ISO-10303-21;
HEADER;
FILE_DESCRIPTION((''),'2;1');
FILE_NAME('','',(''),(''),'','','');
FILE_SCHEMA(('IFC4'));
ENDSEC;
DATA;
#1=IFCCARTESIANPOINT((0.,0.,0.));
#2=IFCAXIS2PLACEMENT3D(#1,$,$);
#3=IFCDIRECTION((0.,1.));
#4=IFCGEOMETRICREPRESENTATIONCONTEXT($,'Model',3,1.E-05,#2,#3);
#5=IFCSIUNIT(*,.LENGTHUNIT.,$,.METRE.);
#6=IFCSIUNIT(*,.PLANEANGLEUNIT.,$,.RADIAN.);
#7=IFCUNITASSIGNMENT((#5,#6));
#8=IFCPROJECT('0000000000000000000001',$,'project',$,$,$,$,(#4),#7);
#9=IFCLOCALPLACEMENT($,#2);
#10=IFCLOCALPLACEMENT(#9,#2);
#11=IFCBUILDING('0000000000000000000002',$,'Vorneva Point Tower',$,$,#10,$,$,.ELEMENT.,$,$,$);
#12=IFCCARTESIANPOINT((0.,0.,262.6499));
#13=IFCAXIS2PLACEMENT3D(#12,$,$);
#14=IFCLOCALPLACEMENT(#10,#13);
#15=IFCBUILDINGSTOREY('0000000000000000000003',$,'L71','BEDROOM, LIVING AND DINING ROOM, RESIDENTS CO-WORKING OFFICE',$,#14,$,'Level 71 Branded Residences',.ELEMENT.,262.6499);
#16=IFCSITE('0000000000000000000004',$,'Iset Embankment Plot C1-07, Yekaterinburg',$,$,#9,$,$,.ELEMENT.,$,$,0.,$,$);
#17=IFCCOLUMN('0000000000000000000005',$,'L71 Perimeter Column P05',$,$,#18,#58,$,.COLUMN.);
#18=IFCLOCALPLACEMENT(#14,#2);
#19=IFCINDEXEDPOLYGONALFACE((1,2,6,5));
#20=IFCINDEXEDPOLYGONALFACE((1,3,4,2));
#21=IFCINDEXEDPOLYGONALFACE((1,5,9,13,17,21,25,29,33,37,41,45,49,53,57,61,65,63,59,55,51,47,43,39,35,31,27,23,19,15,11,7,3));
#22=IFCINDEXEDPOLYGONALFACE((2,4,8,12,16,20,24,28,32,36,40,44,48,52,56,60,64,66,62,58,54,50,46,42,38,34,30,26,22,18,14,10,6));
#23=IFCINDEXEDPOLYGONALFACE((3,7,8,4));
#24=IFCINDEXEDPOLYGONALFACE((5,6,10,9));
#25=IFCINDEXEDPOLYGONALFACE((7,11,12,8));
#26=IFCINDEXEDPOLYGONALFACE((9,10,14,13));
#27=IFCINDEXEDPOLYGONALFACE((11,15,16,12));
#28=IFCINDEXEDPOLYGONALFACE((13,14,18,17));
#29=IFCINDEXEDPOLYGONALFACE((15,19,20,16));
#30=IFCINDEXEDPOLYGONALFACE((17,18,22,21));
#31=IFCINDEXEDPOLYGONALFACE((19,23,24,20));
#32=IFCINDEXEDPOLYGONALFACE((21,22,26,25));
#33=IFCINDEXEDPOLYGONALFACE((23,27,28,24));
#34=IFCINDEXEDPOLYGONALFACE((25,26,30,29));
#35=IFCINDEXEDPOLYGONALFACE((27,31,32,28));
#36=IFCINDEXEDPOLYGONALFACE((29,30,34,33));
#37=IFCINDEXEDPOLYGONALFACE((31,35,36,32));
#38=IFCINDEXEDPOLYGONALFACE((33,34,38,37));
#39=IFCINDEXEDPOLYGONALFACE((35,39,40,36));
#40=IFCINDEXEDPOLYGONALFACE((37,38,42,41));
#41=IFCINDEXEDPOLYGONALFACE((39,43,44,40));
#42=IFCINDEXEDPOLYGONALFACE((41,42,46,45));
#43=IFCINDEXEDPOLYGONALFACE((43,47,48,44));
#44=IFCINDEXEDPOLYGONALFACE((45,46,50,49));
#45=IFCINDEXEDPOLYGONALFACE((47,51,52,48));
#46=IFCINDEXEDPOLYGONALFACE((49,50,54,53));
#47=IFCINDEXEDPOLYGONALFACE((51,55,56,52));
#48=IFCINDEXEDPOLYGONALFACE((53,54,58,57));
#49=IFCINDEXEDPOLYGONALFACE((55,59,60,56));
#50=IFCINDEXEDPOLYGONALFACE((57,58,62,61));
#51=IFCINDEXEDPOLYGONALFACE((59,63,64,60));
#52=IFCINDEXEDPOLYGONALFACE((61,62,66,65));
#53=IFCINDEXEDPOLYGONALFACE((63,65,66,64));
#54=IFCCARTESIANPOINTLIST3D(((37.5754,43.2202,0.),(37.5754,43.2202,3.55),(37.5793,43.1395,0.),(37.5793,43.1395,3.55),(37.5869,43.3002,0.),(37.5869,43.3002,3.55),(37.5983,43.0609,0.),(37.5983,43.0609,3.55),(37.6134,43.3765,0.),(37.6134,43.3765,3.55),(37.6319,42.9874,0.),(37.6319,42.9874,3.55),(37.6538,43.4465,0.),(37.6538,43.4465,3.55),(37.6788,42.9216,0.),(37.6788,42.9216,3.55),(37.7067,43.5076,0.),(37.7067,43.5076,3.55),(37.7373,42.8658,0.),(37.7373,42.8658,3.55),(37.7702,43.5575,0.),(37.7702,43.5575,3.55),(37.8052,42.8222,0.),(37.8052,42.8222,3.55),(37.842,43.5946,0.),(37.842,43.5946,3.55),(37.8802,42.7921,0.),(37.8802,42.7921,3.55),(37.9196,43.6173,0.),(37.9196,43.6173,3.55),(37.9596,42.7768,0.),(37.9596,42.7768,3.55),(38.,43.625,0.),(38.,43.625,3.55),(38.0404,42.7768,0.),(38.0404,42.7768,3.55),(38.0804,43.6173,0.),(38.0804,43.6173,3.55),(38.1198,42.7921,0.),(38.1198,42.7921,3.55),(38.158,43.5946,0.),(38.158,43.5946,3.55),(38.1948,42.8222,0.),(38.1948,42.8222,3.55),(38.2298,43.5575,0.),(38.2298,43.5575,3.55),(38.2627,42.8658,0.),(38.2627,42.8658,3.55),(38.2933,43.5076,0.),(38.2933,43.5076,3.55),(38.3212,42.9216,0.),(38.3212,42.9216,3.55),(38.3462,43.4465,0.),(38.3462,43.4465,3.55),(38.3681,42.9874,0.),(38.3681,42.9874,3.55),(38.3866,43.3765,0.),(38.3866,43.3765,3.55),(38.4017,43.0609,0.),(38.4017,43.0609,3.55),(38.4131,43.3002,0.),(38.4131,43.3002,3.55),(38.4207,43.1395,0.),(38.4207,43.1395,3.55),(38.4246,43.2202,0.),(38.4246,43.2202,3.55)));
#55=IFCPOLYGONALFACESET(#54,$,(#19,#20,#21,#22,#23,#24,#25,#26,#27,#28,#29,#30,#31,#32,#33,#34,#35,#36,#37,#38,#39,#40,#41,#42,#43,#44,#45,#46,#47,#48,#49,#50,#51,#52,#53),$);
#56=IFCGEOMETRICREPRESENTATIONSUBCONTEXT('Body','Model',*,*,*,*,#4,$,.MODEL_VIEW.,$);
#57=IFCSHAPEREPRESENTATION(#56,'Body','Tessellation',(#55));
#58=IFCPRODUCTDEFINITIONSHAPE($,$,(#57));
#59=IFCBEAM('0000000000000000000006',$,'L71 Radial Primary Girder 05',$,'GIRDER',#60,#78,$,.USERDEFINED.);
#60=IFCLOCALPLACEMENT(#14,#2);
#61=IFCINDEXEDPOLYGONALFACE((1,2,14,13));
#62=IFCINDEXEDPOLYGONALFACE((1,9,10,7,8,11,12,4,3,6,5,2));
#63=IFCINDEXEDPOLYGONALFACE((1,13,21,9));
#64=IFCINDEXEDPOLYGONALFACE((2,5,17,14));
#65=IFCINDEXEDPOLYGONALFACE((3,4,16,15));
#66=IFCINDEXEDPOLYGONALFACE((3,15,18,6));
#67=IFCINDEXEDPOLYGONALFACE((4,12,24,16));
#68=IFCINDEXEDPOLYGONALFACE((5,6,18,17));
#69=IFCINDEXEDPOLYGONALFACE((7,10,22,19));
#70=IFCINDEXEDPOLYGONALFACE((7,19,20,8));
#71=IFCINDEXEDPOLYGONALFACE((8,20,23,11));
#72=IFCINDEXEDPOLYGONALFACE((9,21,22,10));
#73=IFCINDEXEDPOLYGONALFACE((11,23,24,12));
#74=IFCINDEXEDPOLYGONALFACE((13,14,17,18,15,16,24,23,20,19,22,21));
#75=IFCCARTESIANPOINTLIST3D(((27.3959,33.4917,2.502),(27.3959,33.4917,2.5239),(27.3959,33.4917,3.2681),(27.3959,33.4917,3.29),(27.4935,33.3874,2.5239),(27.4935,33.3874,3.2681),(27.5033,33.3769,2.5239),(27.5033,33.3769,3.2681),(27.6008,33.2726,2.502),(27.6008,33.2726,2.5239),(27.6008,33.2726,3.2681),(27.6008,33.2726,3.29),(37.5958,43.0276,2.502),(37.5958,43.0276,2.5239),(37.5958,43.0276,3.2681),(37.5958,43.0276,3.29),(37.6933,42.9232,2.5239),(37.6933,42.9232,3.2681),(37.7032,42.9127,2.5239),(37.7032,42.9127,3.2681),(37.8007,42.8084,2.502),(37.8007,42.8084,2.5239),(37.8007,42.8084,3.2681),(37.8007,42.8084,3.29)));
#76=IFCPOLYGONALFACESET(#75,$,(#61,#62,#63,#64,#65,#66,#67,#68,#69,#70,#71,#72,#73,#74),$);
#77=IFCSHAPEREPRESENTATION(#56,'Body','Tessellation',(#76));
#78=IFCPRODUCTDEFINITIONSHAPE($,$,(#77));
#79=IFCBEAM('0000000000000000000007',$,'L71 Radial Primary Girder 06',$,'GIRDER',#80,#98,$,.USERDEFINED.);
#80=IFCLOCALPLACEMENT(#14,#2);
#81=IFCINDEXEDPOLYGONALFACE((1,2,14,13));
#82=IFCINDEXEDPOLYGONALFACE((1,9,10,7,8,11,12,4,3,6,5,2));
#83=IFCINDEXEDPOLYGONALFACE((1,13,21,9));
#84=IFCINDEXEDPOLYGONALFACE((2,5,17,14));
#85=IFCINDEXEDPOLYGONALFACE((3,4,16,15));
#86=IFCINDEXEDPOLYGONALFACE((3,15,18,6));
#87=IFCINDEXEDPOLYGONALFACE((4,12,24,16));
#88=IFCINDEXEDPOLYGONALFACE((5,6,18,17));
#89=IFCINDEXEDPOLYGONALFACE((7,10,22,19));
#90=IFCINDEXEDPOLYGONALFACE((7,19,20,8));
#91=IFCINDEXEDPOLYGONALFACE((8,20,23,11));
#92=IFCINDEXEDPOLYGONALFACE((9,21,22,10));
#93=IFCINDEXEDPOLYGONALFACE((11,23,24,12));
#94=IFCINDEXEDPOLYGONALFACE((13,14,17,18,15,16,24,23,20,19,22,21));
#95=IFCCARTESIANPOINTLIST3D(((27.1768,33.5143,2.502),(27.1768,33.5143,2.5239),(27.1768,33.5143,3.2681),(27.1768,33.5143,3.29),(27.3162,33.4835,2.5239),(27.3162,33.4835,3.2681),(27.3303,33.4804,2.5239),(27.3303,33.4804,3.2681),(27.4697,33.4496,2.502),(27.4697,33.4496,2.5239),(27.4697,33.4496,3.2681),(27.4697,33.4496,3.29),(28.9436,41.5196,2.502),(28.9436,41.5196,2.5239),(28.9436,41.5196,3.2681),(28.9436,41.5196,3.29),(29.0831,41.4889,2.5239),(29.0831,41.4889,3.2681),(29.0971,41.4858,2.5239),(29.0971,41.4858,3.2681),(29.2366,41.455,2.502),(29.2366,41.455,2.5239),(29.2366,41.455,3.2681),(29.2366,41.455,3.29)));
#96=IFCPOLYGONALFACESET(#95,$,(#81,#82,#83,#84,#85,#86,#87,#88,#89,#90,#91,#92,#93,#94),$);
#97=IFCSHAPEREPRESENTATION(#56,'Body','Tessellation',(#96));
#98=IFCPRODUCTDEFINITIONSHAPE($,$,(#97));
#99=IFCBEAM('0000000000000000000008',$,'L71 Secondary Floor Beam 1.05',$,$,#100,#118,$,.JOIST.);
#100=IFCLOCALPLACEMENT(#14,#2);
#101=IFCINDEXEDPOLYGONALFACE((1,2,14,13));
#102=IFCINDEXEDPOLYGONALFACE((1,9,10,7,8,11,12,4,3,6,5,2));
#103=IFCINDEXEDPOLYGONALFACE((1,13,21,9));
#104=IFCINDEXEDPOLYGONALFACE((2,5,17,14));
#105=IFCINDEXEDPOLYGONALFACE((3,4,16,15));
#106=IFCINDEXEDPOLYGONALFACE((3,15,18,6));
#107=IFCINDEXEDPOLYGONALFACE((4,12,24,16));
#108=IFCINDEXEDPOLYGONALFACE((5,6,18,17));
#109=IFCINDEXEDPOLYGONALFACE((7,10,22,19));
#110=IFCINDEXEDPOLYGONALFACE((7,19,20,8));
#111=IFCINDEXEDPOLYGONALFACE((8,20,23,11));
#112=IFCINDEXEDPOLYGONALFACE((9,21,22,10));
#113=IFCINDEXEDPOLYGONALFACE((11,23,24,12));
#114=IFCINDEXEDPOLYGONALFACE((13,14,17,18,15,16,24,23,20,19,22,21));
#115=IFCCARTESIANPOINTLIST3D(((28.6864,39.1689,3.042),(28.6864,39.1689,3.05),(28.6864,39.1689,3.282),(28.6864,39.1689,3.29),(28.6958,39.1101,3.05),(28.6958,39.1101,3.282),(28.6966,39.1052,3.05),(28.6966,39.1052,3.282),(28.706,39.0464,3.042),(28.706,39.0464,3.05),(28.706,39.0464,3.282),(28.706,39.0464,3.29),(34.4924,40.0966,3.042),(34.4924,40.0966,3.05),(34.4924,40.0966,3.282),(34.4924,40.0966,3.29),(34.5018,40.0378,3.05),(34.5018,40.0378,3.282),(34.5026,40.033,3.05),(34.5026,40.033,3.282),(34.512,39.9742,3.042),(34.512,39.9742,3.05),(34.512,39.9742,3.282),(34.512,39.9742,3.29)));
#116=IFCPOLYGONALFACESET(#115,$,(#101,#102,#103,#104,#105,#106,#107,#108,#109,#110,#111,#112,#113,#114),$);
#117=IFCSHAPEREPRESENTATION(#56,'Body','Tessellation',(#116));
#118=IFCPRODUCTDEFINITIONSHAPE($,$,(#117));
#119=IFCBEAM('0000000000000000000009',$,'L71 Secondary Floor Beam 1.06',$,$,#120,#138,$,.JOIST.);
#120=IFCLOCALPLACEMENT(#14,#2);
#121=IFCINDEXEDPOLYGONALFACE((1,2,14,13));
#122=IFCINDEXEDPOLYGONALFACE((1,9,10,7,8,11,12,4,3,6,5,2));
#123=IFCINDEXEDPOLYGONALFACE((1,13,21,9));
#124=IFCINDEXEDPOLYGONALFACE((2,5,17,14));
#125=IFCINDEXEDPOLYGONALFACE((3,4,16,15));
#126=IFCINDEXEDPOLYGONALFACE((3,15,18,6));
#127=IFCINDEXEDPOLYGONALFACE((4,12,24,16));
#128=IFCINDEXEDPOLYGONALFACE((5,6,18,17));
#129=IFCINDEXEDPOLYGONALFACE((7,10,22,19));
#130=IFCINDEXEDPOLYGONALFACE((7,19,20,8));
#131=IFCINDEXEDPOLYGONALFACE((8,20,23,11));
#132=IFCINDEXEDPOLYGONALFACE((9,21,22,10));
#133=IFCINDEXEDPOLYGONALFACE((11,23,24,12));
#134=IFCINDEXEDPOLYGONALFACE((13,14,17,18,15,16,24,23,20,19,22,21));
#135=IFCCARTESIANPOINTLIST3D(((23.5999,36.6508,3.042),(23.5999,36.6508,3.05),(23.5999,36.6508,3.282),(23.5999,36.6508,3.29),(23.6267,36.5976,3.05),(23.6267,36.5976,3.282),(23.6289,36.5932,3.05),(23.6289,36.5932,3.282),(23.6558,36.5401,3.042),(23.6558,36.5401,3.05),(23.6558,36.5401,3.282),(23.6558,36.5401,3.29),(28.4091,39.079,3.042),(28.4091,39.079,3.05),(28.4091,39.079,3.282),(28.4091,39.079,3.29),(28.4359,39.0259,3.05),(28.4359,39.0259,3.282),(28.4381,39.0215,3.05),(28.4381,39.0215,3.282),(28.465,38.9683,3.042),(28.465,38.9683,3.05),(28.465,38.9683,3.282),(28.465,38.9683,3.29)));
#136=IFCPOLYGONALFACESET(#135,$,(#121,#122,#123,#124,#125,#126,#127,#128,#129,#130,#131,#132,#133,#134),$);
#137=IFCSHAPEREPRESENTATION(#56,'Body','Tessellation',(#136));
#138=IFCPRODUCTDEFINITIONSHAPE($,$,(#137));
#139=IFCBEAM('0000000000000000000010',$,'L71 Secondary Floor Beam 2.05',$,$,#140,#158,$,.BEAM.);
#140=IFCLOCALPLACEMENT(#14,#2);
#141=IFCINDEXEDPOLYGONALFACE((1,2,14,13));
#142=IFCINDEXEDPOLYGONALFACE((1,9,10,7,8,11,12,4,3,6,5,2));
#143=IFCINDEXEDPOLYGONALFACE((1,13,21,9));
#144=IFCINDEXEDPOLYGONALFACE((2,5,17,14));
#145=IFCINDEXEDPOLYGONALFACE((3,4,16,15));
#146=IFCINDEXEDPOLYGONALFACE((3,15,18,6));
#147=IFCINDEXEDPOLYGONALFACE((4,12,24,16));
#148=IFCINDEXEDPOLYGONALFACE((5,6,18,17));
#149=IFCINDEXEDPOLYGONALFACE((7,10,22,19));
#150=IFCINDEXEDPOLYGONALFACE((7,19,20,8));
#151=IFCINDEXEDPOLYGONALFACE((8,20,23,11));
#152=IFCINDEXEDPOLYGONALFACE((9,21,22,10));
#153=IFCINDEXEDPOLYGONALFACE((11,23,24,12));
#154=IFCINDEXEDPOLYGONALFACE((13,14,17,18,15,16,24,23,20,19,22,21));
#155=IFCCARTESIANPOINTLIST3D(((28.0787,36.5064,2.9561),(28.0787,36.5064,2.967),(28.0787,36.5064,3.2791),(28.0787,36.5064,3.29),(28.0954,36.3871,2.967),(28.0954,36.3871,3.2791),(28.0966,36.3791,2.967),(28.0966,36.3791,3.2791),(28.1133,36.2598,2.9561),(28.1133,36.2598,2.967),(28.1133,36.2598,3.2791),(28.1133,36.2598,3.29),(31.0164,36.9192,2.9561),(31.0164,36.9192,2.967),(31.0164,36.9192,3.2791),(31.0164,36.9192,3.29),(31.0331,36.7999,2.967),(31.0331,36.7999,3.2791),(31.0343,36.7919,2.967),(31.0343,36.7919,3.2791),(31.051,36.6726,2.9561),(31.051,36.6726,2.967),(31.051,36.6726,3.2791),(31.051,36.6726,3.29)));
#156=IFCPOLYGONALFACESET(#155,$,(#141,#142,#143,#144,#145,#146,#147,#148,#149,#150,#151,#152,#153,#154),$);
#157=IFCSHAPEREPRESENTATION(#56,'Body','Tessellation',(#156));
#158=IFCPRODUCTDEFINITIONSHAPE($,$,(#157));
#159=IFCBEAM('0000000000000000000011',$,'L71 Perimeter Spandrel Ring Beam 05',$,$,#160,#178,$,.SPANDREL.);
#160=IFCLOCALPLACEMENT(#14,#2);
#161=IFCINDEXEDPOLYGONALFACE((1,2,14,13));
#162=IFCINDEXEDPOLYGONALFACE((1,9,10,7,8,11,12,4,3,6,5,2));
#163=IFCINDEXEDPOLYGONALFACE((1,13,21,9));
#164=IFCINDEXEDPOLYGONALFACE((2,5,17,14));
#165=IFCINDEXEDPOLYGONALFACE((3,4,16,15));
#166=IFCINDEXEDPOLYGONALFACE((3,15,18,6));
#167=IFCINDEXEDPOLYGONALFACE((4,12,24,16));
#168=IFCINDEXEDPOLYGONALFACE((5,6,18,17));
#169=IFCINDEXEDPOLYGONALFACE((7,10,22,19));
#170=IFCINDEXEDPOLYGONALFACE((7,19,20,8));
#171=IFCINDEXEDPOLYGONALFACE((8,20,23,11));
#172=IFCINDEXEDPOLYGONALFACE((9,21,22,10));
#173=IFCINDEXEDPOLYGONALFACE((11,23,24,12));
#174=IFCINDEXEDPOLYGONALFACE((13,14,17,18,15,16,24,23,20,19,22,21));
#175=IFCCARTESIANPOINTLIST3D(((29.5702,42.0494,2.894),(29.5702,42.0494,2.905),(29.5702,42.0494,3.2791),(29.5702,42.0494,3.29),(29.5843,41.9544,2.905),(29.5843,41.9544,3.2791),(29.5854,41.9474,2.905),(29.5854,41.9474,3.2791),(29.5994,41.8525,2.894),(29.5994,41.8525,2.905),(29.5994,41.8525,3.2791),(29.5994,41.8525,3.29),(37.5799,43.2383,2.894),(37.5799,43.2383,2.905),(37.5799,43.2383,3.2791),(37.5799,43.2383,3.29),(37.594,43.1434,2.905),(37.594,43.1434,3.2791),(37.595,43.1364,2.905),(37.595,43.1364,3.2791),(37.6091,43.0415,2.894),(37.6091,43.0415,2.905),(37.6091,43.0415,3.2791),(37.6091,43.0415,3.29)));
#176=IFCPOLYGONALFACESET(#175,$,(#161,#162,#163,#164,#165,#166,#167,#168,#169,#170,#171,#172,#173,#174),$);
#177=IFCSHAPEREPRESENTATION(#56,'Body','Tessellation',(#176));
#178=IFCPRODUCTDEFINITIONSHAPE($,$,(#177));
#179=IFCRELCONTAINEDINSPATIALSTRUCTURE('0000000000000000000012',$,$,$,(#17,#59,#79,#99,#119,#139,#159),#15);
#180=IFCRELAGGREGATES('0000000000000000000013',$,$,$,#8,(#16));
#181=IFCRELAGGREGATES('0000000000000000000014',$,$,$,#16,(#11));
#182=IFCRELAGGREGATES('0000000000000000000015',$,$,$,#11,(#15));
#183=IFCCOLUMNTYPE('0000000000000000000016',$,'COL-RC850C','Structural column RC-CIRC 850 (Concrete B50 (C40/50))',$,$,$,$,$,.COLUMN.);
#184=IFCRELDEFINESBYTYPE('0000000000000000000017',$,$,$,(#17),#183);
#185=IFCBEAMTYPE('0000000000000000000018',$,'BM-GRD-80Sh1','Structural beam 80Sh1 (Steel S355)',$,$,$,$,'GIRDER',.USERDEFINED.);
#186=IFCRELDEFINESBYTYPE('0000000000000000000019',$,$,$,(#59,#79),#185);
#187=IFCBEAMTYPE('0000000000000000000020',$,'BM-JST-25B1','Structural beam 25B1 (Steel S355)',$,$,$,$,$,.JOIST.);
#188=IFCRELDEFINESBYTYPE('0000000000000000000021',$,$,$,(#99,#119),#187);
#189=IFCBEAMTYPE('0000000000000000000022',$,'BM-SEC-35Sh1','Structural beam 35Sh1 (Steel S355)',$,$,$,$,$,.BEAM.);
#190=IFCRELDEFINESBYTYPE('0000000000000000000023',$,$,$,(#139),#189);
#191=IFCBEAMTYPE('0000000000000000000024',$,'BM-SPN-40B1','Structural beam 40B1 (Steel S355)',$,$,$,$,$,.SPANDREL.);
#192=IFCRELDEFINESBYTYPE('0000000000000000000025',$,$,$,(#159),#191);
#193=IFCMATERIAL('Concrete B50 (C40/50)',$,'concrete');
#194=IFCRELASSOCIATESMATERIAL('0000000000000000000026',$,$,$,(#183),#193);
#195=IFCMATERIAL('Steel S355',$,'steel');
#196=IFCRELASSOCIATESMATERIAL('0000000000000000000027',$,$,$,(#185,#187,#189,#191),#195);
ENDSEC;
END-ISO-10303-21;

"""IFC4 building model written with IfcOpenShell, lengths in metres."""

from ifc_helpers import new_model, si_unit, direction, frame, origin, origin_2d, place, context, subcontext, project, spatial, circle, i_section, extrude, material, material_profile, profile_set, type_object, element, save


model = new_model("IFC4")

# Units and contexts
model_context = context("Model", 3, precision=1e-05, world=origin(), true_north=direction((0.0, 1.0)))
body_context = subcontext(model_context, "Body", "Model", "MODEL_VIEW")
ifc_project = project(units=[si_unit("LENGTHUNIT", "METRE"), si_unit("PLANEANGLEUNIT", "RADIAN")], contexts=[model_context])

# Site, building, storey
site_placement = place(None, origin())
site = spatial("IfcSite", under=ifc_project, at=site_placement, Name="Iset Embankment Plot C1-07, Yekaterinburg", CompositionType="ELEMENT", RefElevation=0.0)
building_placement = place(site_placement, origin())
building = spatial("IfcBuilding", under=site, at=building_placement, Name="Vorneva Point Tower", CompositionType="ELEMENT")
storey_placement = place(building_placement, frame((0.0, 0.0, 262.6499)))
storey = spatial("IfcBuildingStorey", under=building, at=storey_placement, Name="L71", Description="BEDROOM, LIVING AND DINING ROOM, RESIDENTS CO-WORKING OFFICE", LongName="Level 71 Branded Residences", CompositionType="ELEMENT", Elevation=262.6499)

# Column
ifc_material_1 = material(Name="Concrete B50 (C40/50)", Category="concrete")
ifc_material_profile_1 = material_profile(ifc_material_1, circle(Radius=0.425, at=origin_2d()), Name="RC-CIRC 850")
ifc_profile_set_1 = profile_set([ifc_material_profile_1], Name="Concrete B50 (C40/50)")
column_type = type_object("IfcColumnType", Name="COL-RC850C", Description="Structural column RC-CIRC 850 (Concrete B50 (C40/50))", PredefinedType="COLUMN", material=ifc_profile_set_1)
for number, where, z_axis, x_axis, name in (
    (1, (38.0, 43.2, 0.0), (0.0, 0.0, 1.0), (0.0, 1.0, 0.0), "L71 Perimeter Column P05"),
):
    element("IfcColumn", number, at=place(storey_placement, frame(where, z_axis=z_axis, x_axis=x_axis)), inside=storey, type_object=column_type, Name=name, PredefinedType="COLUMN", context=body_context, shape_type="SweptSolid", body=[
        extrude(circle(Radius=0.425, at=origin_2d()), origin(), (0.0, 0.0, 1.0), 3.55),
    ])

# Beams
ifc_material_2 = material(Name="Steel S355", Category="steel")
ifc_material_profile_2 = material_profile(ifc_material_2, i_section(OverallWidth=0.3, OverallDepth=0.7881, WebThickness=0.0144, FlangeThickness=0.022, at=origin_2d()), Name="80Sh1")
ifc_profile_set_2 = profile_set([ifc_material_profile_2], Name="Steel S355")
beam_type_1 = type_object("IfcBeamType", Name="BM-GRD-80Sh1", Description="Structural beam 80Sh1 (Steel S355)", ElementType="GIRDER", PredefinedType="USERDEFINED", material=ifc_profile_set_2)
beam_1_placement = place(storey_placement, frame((37.6982, 42.918, 2.896), z_axis=(-0.730486, -0.682928, 0.0), x_axis=(0.682928, -0.730486, 0.0)))
element("IfcBeam", 2, at=beam_1_placement, inside=storey, type_object=beam_type_1, Name="L71 Radial Primary Girder 05", ObjectType="GIRDER", PredefinedType="USERDEFINED", context=body_context, shape_type="SweptSolid", body=[
    extrude(i_section(OverallWidth=0.3, OverallDepth=0.7881, WebThickness=0.0144, FlangeThickness=0.022, at=origin_2d()), origin(), (0.0, 0.0, 1.0), 13.9631),
])
beam_2_placement = place(storey_placement, frame((29.0901, 41.4873, 2.896), z_axis=(-0.215521, -0.976499, 0.0), x_axis=(0.976499, -0.215521, 0.0)))
element("IfcBeam", 3, at=beam_2_placement, inside=storey, type_object=beam_type_1, Name="L71 Radial Primary Girder 06", ObjectType="GIRDER", PredefinedType="USERDEFINED", context=body_context, shape_type="SweptSolid", body=[
    extrude(i_section(OverallWidth=0.3, OverallDepth=0.7881, WebThickness=0.0144, FlangeThickness=0.022, at=origin_2d()), origin(), (0.0, 0.0, 1.0), 8.198),
])
ifc_material_profile_3 = material_profile(ifc_material_2, i_section(OverallWidth=0.124, OverallDepth=0.248, WebThickness=0.0049, FlangeThickness=0.0081, at=origin_2d()), Name="25B1")
ifc_profile_set_3 = profile_set([ifc_material_profile_3], Name="Steel S355")
beam_type_2 = type_object("IfcBeamType", Name="BM-JST-25B1", Description="Structural beam 25B1 (Steel S355)", PredefinedType="JOIST", material=ifc_profile_set_3)
beam_3_placement = place(storey_placement, frame((34.5022, 40.0354, 3.166), z_axis=(-0.987473, -0.15779, 0.0), x_axis=(0.15779, -0.987473, 0.0)))
element("IfcBeam", 4, at=beam_3_placement, inside=storey, type_object=beam_type_2, Name="L71 Secondary Floor Beam 1.05", PredefinedType="JOIST", context=body_context, shape_type="SweptSolid", body=[
    extrude(i_section(OverallWidth=0.124, OverallDepth=0.248, WebThickness=0.0049, FlangeThickness=0.0081, at=origin_2d()), origin(), (0.0, 0.0, 1.0), 5.8796),
])
beam_4_placement = place(storey_placement, frame((28.437, 39.0237, 3.166), z_axis=(-0.892662, -0.450727, 0.0), x_axis=(0.450727, -0.892662, 0.0)))
element("IfcBeam", 5, at=beam_4_placement, inside=storey, type_object=beam_type_2, Name="L71 Secondary Floor Beam 1.06", PredefinedType="JOIST", context=body_context, shape_type="SweptSolid", body=[
    extrude(i_section(OverallWidth=0.124, OverallDepth=0.248, WebThickness=0.0049, FlangeThickness=0.0081, at=origin_2d()), origin(), (0.0, 0.0, 1.0), 5.3875),
])
ifc_material_profile_4 = material_profile(ifc_material_2, i_section(OverallWidth=0.249, OverallDepth=0.334, WebThickness=0.0081, FlangeThickness=0.011, at=origin_2d()), Name="35Sh1")
ifc_profile_set_4 = profile_set([ifc_material_profile_4], Name="Steel S355")
beam_type_3 = type_object("IfcBeamType", Name="BM-SEC-35Sh1", Description="Structural beam 35Sh1 (Steel S355)", PredefinedType="BEAM", material=ifc_profile_set_4)
beam_5_placement = place(storey_placement, frame((31.0337, 36.7959, 3.123), z_axis=(-0.99027, -0.139163, 0.0), x_axis=(0.139163, -0.99027, 0.0)))
element("IfcBeam", 6, at=beam_5_placement, inside=storey, type_object=beam_type_3, Name="L71 Secondary Floor Beam 2.05", PredefinedType="BEAM", context=body_context, shape_type="SweptSolid", body=[
    extrude(i_section(OverallWidth=0.249, OverallDepth=0.334, WebThickness=0.0081, FlangeThickness=0.011, at=origin_2d()), origin(), (0.0, 0.0, 1.0), 2.9666),
])
ifc_material_profile_5 = material_profile(ifc_material_2, i_section(OverallWidth=0.199, OverallDepth=0.396, WebThickness=0.0071, FlangeThickness=0.011, at=origin_2d()), Name="40B1")
ifc_profile_set_5 = profile_set([ifc_material_profile_5], Name="Steel S355")
beam_type_4 = type_object("IfcBeamType", Name="BM-SPN-40B1", Description="Structural beam 40B1 (Steel S355)", PredefinedType="SPANDREL", material=ifc_profile_set_5)
beam_6_placement = place(storey_placement, frame((37.5945, 43.1399, 3.092), z_axis=(-0.989162, -0.146831, 0.0), x_axis=(0.146831, -0.989162, 0.0)))
element("IfcBeam", 7, at=beam_6_placement, inside=storey, type_object=beam_type_4, Name="L71 Perimeter Spandrel Ring Beam 05", PredefinedType="SPANDREL", context=body_context, shape_type="SweptSolid", body=[
    extrude(i_section(OverallWidth=0.199, OverallDepth=0.396, WebThickness=0.0071, FlangeThickness=0.011, at=origin_2d()), origin(), (0.0, 0.0, 1.0), 8.0974),
])

save(model, "model.ifc")
